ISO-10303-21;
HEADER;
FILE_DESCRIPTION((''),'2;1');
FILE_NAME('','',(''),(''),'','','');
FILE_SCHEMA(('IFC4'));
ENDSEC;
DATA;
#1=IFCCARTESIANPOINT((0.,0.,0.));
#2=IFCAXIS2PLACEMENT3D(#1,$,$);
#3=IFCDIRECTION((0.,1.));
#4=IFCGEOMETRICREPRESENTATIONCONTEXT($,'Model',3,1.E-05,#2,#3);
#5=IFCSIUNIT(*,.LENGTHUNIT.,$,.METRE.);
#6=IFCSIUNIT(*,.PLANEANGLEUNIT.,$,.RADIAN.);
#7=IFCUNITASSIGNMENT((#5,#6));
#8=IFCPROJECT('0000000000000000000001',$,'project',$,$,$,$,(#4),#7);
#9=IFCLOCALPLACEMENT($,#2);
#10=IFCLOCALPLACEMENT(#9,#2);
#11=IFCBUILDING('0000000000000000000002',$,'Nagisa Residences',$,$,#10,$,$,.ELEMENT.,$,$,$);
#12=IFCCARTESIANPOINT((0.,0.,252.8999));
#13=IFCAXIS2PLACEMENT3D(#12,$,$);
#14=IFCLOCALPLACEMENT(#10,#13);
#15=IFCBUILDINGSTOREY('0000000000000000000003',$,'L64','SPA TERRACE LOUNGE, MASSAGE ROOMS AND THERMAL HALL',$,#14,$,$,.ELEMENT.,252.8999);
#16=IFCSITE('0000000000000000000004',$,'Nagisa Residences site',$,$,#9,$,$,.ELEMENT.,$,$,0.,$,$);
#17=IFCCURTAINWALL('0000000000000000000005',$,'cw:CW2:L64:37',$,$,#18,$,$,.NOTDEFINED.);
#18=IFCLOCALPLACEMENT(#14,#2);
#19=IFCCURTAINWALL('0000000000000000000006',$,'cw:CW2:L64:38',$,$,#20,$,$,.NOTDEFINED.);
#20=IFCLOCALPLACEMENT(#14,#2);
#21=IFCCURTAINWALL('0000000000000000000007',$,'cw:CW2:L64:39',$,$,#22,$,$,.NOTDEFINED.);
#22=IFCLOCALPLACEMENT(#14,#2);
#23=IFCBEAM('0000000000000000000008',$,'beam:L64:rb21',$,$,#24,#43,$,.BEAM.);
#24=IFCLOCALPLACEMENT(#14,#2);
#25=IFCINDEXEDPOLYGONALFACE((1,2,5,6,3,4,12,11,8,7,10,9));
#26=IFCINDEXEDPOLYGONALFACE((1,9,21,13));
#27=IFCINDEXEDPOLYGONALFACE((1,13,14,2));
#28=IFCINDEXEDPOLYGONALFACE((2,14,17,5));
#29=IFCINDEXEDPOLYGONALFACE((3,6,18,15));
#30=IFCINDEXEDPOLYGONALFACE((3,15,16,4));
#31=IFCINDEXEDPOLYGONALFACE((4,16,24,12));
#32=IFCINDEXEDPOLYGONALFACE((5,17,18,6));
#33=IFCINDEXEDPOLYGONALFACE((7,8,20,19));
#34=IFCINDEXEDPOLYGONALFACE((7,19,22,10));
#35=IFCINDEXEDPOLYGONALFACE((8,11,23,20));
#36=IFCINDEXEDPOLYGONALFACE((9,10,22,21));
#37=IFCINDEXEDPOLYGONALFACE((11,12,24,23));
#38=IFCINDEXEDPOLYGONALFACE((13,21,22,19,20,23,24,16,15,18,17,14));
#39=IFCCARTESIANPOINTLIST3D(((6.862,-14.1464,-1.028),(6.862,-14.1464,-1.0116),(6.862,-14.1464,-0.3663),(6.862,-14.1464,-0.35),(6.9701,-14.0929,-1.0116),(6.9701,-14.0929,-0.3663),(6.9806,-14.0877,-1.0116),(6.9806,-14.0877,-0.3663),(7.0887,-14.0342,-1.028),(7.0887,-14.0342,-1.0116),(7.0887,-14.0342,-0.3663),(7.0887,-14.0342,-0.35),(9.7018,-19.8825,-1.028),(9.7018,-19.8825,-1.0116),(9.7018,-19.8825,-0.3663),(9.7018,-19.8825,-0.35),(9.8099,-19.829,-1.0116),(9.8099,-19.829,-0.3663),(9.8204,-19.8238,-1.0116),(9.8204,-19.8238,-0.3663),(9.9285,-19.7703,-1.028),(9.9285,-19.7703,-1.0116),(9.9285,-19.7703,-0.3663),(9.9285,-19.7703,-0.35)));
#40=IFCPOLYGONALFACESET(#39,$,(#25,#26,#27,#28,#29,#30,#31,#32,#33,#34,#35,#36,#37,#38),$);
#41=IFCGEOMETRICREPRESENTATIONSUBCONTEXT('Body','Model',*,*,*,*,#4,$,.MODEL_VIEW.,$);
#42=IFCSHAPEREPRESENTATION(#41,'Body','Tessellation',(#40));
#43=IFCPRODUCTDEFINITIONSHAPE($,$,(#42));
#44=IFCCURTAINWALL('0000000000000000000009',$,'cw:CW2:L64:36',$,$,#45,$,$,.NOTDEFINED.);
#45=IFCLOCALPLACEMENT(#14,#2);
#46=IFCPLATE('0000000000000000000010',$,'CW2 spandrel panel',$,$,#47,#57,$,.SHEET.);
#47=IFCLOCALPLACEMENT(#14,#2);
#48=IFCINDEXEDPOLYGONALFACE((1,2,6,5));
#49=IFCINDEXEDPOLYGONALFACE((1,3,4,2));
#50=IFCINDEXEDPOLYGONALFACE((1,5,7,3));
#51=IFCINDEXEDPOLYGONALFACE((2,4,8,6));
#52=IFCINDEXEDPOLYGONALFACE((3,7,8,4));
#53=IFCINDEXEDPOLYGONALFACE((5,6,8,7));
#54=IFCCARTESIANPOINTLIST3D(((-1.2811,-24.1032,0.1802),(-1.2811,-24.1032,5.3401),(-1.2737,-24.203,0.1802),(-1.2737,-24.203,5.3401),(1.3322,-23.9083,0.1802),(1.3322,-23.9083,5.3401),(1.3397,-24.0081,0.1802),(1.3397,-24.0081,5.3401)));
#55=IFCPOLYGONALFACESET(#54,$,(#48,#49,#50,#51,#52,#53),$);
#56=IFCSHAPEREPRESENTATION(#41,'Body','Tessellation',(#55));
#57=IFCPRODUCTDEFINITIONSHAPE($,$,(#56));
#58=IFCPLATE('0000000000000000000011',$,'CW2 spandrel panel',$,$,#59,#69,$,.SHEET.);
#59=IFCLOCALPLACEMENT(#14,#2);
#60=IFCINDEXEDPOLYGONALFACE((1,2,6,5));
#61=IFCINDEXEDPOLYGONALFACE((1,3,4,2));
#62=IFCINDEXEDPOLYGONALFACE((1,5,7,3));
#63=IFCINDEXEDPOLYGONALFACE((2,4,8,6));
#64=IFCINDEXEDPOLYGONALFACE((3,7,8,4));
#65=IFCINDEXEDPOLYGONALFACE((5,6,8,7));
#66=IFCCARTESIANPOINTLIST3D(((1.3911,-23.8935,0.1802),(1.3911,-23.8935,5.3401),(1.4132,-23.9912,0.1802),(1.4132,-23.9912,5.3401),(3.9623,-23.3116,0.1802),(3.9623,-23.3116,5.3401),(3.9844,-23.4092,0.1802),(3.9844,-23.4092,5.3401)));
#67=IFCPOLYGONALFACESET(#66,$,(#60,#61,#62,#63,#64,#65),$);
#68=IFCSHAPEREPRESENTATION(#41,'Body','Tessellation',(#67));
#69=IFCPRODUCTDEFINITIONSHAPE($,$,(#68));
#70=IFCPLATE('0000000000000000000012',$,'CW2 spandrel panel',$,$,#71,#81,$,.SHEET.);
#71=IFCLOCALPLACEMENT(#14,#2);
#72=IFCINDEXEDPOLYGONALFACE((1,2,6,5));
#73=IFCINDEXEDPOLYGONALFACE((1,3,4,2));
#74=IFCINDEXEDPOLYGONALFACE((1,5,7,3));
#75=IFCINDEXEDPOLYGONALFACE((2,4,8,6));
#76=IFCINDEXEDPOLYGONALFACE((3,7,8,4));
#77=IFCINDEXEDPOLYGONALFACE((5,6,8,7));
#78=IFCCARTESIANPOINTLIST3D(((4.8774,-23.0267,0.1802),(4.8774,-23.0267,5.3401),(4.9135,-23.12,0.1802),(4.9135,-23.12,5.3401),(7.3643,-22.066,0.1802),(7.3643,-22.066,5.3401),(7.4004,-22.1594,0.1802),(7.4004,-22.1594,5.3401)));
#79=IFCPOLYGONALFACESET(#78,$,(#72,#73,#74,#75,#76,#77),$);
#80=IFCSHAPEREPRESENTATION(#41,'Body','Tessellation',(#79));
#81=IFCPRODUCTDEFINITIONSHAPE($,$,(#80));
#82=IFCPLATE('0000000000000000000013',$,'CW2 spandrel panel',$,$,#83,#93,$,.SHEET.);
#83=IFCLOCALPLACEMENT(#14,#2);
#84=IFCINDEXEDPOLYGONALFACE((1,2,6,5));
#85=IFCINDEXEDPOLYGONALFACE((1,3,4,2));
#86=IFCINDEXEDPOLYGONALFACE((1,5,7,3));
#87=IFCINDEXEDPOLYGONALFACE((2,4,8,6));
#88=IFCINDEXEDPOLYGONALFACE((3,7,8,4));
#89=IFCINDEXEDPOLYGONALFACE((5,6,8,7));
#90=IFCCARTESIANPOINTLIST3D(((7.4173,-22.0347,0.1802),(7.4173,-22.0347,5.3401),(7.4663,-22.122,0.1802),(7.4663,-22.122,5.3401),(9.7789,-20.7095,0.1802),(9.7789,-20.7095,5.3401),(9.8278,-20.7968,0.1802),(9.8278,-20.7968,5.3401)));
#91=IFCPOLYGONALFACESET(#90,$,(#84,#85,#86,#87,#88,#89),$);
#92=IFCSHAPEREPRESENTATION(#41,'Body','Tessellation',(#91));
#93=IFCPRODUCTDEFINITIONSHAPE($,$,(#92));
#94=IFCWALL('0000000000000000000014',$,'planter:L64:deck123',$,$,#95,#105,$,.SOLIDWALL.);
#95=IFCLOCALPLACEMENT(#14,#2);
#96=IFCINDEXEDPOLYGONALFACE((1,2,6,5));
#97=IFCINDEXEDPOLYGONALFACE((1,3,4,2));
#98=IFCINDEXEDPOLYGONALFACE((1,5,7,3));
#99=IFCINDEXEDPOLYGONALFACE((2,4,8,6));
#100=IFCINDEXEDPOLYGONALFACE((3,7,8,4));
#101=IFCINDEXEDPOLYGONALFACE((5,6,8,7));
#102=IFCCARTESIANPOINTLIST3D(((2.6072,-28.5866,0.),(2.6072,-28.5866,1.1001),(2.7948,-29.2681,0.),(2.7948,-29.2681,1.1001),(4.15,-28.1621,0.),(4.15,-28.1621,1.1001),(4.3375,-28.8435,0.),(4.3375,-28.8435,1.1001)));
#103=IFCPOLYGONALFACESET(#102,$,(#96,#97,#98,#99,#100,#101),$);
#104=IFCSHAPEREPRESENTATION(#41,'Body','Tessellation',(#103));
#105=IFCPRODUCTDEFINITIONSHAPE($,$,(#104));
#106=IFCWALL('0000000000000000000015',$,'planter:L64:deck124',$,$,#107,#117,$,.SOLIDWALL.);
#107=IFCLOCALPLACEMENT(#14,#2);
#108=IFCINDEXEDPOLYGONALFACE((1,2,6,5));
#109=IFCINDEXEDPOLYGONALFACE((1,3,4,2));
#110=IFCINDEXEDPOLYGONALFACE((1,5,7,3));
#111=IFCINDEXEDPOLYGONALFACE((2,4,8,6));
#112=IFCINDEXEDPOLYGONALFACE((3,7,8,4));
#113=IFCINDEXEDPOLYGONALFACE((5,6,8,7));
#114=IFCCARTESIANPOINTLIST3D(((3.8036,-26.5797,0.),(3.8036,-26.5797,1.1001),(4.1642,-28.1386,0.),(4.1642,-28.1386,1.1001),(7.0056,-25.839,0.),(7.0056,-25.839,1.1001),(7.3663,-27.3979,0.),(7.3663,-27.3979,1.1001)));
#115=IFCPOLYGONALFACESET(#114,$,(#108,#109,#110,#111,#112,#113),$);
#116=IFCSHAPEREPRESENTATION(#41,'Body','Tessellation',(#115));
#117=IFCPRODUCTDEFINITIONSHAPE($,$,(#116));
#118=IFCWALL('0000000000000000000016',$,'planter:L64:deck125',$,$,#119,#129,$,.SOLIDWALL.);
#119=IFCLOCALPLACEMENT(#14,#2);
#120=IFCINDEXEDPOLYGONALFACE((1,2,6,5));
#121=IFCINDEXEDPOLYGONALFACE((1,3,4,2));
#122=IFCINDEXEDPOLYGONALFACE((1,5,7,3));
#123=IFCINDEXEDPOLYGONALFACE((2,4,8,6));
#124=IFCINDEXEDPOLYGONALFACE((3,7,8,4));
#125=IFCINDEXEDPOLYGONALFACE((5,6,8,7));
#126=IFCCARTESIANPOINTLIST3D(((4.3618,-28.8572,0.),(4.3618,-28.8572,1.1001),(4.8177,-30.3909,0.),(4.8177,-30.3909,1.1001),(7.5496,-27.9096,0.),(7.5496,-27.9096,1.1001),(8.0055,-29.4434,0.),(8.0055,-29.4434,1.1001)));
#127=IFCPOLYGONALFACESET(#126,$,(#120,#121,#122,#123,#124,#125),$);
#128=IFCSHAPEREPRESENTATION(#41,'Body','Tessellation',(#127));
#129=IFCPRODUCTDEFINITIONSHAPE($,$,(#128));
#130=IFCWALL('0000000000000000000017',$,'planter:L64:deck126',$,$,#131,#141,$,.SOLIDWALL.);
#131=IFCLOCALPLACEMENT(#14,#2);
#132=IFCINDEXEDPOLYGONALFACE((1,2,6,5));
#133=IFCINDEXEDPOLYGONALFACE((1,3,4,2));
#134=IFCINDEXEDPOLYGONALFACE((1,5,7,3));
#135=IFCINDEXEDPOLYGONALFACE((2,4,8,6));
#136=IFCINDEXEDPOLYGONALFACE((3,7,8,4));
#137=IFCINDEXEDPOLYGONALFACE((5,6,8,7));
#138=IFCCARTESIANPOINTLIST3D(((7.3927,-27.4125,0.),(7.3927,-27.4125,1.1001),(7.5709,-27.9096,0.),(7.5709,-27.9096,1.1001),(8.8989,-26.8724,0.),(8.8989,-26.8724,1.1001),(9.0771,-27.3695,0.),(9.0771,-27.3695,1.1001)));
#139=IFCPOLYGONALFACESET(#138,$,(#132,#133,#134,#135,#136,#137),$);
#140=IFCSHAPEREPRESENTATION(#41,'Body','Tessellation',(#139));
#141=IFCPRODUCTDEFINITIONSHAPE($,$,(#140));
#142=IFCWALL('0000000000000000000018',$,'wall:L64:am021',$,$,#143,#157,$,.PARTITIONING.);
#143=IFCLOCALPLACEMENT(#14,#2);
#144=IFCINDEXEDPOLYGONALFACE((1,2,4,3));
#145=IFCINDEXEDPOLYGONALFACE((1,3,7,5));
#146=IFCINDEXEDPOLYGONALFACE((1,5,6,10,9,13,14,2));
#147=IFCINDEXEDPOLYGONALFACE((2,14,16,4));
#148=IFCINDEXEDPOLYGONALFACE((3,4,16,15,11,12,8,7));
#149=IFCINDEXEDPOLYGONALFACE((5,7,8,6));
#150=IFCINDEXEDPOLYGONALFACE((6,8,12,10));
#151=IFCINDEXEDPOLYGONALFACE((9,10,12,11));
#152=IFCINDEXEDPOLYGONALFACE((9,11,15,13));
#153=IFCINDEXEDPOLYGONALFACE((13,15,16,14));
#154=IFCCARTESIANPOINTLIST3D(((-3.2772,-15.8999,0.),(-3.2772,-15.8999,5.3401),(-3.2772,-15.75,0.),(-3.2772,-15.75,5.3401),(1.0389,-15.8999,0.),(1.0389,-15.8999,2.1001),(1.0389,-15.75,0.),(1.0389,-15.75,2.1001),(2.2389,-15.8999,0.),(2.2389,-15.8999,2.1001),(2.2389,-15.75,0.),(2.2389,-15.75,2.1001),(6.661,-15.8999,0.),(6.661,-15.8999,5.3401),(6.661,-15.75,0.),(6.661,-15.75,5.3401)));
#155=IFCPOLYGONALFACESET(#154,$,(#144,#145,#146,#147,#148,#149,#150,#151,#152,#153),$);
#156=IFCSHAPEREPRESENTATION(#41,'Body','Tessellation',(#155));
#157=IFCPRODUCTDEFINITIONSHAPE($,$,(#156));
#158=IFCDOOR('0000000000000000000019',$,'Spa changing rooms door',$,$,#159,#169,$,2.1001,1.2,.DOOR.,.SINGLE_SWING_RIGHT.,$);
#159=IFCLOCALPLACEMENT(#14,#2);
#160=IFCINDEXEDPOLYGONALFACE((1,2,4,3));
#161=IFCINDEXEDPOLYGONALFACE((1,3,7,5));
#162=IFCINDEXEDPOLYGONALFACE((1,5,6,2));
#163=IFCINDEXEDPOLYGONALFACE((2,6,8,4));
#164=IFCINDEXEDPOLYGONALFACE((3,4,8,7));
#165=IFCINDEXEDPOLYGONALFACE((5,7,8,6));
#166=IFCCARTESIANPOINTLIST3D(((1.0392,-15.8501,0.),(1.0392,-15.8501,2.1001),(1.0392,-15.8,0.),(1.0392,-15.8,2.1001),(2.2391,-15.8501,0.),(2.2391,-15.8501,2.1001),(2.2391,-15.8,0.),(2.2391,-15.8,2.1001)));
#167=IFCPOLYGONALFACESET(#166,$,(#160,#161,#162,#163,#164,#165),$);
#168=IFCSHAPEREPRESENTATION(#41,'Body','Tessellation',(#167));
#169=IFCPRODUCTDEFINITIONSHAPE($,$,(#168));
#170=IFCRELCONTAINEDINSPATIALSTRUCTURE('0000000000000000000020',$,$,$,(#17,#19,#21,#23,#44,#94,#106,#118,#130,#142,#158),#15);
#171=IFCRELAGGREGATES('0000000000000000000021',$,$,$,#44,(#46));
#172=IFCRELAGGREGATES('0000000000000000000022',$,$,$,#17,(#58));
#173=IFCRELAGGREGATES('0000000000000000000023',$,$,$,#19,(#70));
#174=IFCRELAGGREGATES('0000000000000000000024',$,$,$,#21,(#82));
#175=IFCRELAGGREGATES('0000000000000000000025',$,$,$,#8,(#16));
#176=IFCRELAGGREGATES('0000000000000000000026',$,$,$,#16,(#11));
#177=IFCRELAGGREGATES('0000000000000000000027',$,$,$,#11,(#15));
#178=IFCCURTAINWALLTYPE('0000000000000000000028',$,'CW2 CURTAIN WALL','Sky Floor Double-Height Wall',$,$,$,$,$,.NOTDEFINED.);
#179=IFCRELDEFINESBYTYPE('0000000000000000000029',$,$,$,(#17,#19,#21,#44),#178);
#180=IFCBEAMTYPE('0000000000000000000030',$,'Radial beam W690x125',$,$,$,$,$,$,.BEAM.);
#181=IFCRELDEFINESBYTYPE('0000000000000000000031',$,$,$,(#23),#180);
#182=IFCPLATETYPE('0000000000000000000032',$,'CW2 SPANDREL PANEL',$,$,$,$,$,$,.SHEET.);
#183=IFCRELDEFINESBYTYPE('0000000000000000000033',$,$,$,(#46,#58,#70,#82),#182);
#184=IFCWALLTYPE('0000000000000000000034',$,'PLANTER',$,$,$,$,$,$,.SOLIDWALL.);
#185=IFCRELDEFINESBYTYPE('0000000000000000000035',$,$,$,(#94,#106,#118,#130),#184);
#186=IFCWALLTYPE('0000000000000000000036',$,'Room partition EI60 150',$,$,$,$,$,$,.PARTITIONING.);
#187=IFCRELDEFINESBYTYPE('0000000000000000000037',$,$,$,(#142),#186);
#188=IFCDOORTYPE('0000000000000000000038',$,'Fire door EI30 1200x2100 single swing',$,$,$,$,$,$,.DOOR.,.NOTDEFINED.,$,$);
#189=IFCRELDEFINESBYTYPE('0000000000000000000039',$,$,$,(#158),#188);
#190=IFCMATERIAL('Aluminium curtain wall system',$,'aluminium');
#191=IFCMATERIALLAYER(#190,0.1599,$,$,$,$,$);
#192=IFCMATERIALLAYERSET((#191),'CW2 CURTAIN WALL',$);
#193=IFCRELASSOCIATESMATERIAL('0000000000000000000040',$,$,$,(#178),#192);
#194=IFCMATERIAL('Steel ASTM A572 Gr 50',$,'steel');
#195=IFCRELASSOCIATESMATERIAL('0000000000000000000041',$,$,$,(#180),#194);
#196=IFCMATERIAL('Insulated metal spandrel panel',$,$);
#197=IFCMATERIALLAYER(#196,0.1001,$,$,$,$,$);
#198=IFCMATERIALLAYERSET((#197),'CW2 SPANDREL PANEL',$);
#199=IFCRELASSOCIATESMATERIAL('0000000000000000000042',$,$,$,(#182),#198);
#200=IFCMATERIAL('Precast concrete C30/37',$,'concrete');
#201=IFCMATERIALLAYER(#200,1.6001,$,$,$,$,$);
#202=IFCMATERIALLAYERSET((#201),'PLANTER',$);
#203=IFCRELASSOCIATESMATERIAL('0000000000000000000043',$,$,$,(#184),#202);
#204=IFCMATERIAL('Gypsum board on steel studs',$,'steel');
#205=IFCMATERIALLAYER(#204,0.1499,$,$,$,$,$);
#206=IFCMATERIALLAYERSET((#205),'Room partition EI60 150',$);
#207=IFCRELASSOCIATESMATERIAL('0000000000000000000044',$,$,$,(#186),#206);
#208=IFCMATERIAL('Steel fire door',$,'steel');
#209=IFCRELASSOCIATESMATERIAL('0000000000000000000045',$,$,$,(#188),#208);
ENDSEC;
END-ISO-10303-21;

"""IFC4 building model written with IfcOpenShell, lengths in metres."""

from ifc_helpers import new_model, si_unit, direction, frame, frame_2d, origin, origin_2d, place, context, subcontext, project, spatial, rectangle, i_section, extrude, material, layer, layer_set, material_profile, profile_set, type_object, element, fill, aggregate, save


model = new_model("IFC4")

# Units and contexts
model_context = context("Model", 3, precision=1e-05, world=origin(), true_north=direction((0.0, 1.0)))
body_context = subcontext(model_context, "Body", "Model", "MODEL_VIEW")
ifc_project = project(units=[si_unit("LENGTHUNIT", "METRE"), si_unit("PLANEANGLEUNIT", "RADIAN")], contexts=[model_context])

# Site, building, storey
site_placement = place(None, origin())
site = spatial("IfcSite", under=ifc_project, at=site_placement, Name="Nagisa Residences site", CompositionType="ELEMENT", RefElevation=0.0)
building_placement = place(site_placement, origin())
building = spatial("IfcBuilding", under=site, at=building_placement, Name="Nagisa Residences", CompositionType="ELEMENT")
storey_placement = place(building_placement, frame((0.0, 0.0, 252.8999)))
storey = spatial("IfcBuildingStorey", under=building, at=storey_placement, Name="L64", Description="SPA TERRACE LOUNGE, MASSAGE ROOMS AND THERMAL HALL", CompositionType="ELEMENT", Elevation=252.8999)

# Curtain walls
ifc_material_1 = material(Name="Aluminium curtain wall system", Category="aluminium")
ifc_layer_1 = layer(ifc_material_1, 0.1599)
ifc_layer_set_1 = layer_set([ifc_layer_1], Name="CW2 CURTAIN WALL")
curtain_wall_type = type_object("IfcCurtainWallType", Name="CW2 CURTAIN WALL", Description="Sky Floor Double-Height Wall", PredefinedType="NOTDEFINED", material=ifc_layer_set_1)
curtain_wall_1_placement = place(storey_placement, origin())
curtain_wall_1 = element("IfcCurtainWall", 1, at=curtain_wall_1_placement, inside=storey, type_object=curtain_wall_type, Name="cw:CW2:L64:37", PredefinedType="NOTDEFINED")
curtain_wall_2_placement = place(storey_placement, origin())
curtain_wall_2 = element("IfcCurtainWall", 2, at=curtain_wall_2_placement, inside=storey, type_object=curtain_wall_type, Name="cw:CW2:L64:38", PredefinedType="NOTDEFINED")
curtain_wall_3_placement = place(storey_placement, origin())
curtain_wall_3 = element("IfcCurtainWall", 3, at=curtain_wall_3_placement, inside=storey, type_object=curtain_wall_type, Name="cw:CW2:L64:39", PredefinedType="NOTDEFINED")

# Beam
ifc_material_2 = material(Name="Steel ASTM A572 Gr 50", Category="steel")
ifc_material_profile_1 = material_profile(ifc_material_2, i_section(OverallWidth=0.2529, OverallDepth=0.678, WebThickness=0.0117, FlangeThickness=0.0164, at=origin_2d()), Name="W690x125")
ifc_profile_set_1 = profile_set([ifc_material_profile_1], Name="Steel ASTM A572 Gr 50")
beam_type_1 = type_object("IfcBeamType", Name="Radial beam W690x125", PredefinedType="BEAM", material=ifc_profile_set_1)
beam_1_placement = place(storey_placement, frame((9.8152, -19.8264, -0.689), z_axis=(-0.443686, 0.896182, 0.0), x_axis=(-0.896182, -0.443686, 0.0)))
element("IfcBeam", 4, at=beam_1_placement, inside=storey, type_object=beam_type_1, Name="beam:L64:rb21", PredefinedType="BEAM", context=body_context, shape_type="SweptSolid", body=[
    extrude(i_section(OverallWidth=0.2529, OverallDepth=0.678, WebThickness=0.0117, FlangeThickness=0.0164, at=origin_2d()), origin(), (0.0, 0.0, 1.0), 6.4006),
])

# Curtain wall, plate
curtain_wall_4_placement = place(storey_placement, origin())
curtain_wall_4 = element("IfcCurtainWall", 5, at=curtain_wall_4_placement, inside=storey, type_object=curtain_wall_type, Name="cw:CW2:L64:36", PredefinedType="NOTDEFINED")
ifc_material_3 = material(Name="Insulated metal spandrel panel")
ifc_layer_2 = layer(ifc_material_3, 0.1001)
ifc_layer_set_2 = layer_set([ifc_layer_2], Name="CW2 SPANDREL PANEL")
plate_type = type_object("IfcPlateType", Name="CW2 SPANDREL PANEL", PredefinedType="SHEET", material=ifc_layer_set_2)
plate_1_placement = place(storey_placement, frame((0.0293, -24.0557, 0.1802), z_axis=(0.0, 0.0, 1.0), x_axis=(0.99723, 0.074377, 0.0)))
plate_1 = element("IfcPlate", 6, at=plate_1_placement, type_object=plate_type, Name="CW2 spandrel panel", PredefinedType="SHEET", context=body_context, shape_type="SweptSolid", body=[
    extrude(rectangle(XDim=2.6206, YDim=0.1001, at=origin_2d()), origin(), (0.0, 0.0, 1.0), 5.1599),
])
aggregate(curtain_wall_4, [plate_1])

# Plates
plate_2_placement = place(storey_placement, frame((2.6877, -23.6514, 0.1802), z_axis=(0.0, 0.0, 1.0), x_axis=(0.975327, 0.220764, 0.0)))
plate_2 = element("IfcPlate", 7, at=plate_2_placement, type_object=plate_type, Name="CW2 spandrel panel", PredefinedType="SHEET", context=body_context, shape_type="SweptSolid", body=[
    extrude(rectangle(XDim=2.6362, YDim=0.1001, at=origin_2d()), origin(), (0.0, 0.0, 1.0), 5.1599),
])
aggregate(curtain_wall_1, [plate_2])
plate_3_placement = place(storey_placement, frame((6.1389, -22.593, 0.1802), z_axis=(0.0, 0.0, 1.0), x_axis=(0.932826, 0.360328, 0.0)))
plate_3 = element("IfcPlate", 8, at=plate_3_placement, type_object=plate_type, Name="CW2 spandrel panel", PredefinedType="SHEET", context=body_context, shape_type="SweptSolid", body=[
    extrude(rectangle(XDim=2.666, YDim=0.1001, at=origin_2d()), origin(), (0.0, 0.0, 1.0), 5.1599),
])
aggregate(curtain_wall_2, [plate_3])
plate_4_placement = place(storey_placement, frame((8.6226, -21.4158, 0.1802), z_axis=(0.0, 0.0, 1.0), x_axis=(0.872072, 0.489377, 0.0)))
plate_4 = element("IfcPlate", 9, at=plate_4_placement, type_object=plate_type, Name="CW2 spandrel panel", PredefinedType="SHEET", context=body_context, shape_type="SweptSolid", body=[
    extrude(rectangle(XDim=2.708, YDim=0.1001, at=origin_2d()), origin(), (0.0, 0.0, 1.0), 5.1599),
])
aggregate(curtain_wall_3, [plate_4])

# Walls
ifc_material_4 = material(Name="Precast concrete C30/37", Category="concrete")
ifc_layer_3 = layer(ifc_material_4, 1.6001)
ifc_layer_set_3 = layer_set([ifc_layer_3], Name="PLANTER")
wall_type_1 = type_object("IfcWallType", Name="PLANTER", PredefinedType="SOLIDWALL", material=ifc_layer_set_3)
wall_1_placement = place(storey_placement, frame((3.5662, -29.0559, 0.0), z_axis=(0.0, 0.0, 1.0), x_axis=(-0.265309, 0.964163, 0.0)))
element("IfcWall", 10, at=wall_1_placement, inside=storey, type_object=wall_type_1, Name="planter:L64:deck123", PredefinedType="SOLIDWALL", context=body_context, shape_type="SweptSolid", body=[
    extrude(rectangle(XDim=0.7068, YDim=1.6001, at=frame_2d((0.3535, 0.0))), origin(), (0.0, 0.0, 1.0), 1.1001),
])
wall_2_placement = place(storey_placement, frame((3.9839, -27.3591, 0.0), z_axis=(0.0, 0.0, 1.0), x_axis=(0.974273, 0.225369, 0.0)))
element("IfcWall", 11, at=wall_2_placement, inside=storey, type_object=wall_type_1, Name="planter:L64:deck124", PredefinedType="SOLIDWALL", context=body_context, shape_type="SweptSolid", body=[
    extrude(rectangle(XDim=3.2866, YDim=1.6001, at=frame_2d((1.6433, 0.0))), origin(), (0.0, 0.0, 1.0), 1.1001),
])
wall_3_placement = place(storey_placement, frame((7.7776, -28.6765, 0.0), z_axis=(0.0, 0.0, 1.0), x_axis=(-0.958553, -0.284916, 0.0)))
element("IfcWall", 12, at=wall_3_placement, inside=storey, type_object=wall_type_1, Name="planter:L64:deck125", PredefinedType="SOLIDWALL", context=body_context, shape_type="SweptSolid", body=[
    extrude(rectangle(XDim=3.3257, YDim=1.6001, at=frame_2d((1.6628, 0.0))), origin(), (0.0, 0.0, 1.0), 1.1001),
])
wall_4_placement = place(storey_placement, frame((8.1458, -27.1423, 0.0), z_axis=(0.0, 0.0, 1.0), x_axis=(0.337508, -0.941323, 0.0)))
element("IfcWall", 13, at=wall_4_placement, inside=storey, type_object=wall_type_1, Name="planter:L64:deck126", PredefinedType="SOLIDWALL", context=body_context, shape_type="SweptSolid", body=[
    extrude(rectangle(XDim=0.5281, YDim=1.6001, at=frame_2d((0.2642, 0.0))), origin(), (0.0, 0.0, 1.0), 1.1001),
])

# Wall, opening, door
ifc_material_5 = material(Name="Gypsum board on steel studs", Category="steel")
ifc_layer_4 = layer(ifc_material_5, 0.1499)
ifc_layer_set_4 = layer_set([ifc_layer_4], Name="Room partition EI60 150")
wall_type_2 = type_object("IfcWallType", Name="Room partition EI60 150", PredefinedType="PARTITIONING", material=ifc_layer_set_4)
wall_5_placement = place(storey_placement, frame((6.6611, -15.825, 0.0), z_axis=(0.0, 0.0, 1.0), x_axis=(-1.0, 0.0, 0.0)))
wall_5 = element("IfcWall", 14, at=wall_5_placement, inside=storey, type_object=wall_type_2, Name="wall:L64:am021", PredefinedType="PARTITIONING", context=body_context, shape_type="SweptSolid", body=[
    extrude(rectangle(XDim=9.9382, YDim=0.1499, at=frame_2d((4.9692, 0.0))), origin(), (0.0, 0.0, 1.0), 5.3401),
])
opening_placement = place(wall_5_placement, frame((4.4221, 0.0, 0.0)))
opening = element("IfcOpeningElement", 15, at=opening_placement, cuts=wall_5, PredefinedType="OPENING", context=body_context, shape_type="SweptSolid", body=[
    extrude(rectangle(XDim=1.2, YDim=2.1001, at=frame_2d((0.6001, 1.05))), frame((0.0, 0.085, 0.0), z_axis=(0.0, -1.0, 0.0), x_axis=(1.0, 0.0, 0.0)), (0.0, 0.0, 1.0), 0.1699),
])
ifc_material_6 = material(Name="Steel fire door", Category="steel")
door_type = type_object("IfcDoorType", Name="Fire door EI30 1200x2100 single swing", OperationType="NOTDEFINED", PredefinedType="DOOR", material=ifc_material_6)
door_placement = place(opening_placement, frame((1.2, 0.0, 0.0), x_axis=(-1.0, 0.0, 0.0)))
door = element("IfcDoor", 16, at=door_placement, inside=storey, type_object=door_type, Name="Spa changing rooms door", OperationType="SINGLE_SWING_RIGHT", OverallHeight=2.1001, OverallWidth=1.2, PredefinedType="DOOR", context=body_context, shape_type="SweptSolid", body=[
    extrude(rectangle(XDim=1.2, YDim=2.1001, at=frame_2d((0.6001, 1.05))), frame((0.0, 0.0249, 0.0), z_axis=(0.0, -1.0, 0.0), x_axis=(1.0, 0.0, 0.0)), (0.0, 0.0, 1.0), 0.05),
])
fill(opening, door)

save(model, "model.ifc")
